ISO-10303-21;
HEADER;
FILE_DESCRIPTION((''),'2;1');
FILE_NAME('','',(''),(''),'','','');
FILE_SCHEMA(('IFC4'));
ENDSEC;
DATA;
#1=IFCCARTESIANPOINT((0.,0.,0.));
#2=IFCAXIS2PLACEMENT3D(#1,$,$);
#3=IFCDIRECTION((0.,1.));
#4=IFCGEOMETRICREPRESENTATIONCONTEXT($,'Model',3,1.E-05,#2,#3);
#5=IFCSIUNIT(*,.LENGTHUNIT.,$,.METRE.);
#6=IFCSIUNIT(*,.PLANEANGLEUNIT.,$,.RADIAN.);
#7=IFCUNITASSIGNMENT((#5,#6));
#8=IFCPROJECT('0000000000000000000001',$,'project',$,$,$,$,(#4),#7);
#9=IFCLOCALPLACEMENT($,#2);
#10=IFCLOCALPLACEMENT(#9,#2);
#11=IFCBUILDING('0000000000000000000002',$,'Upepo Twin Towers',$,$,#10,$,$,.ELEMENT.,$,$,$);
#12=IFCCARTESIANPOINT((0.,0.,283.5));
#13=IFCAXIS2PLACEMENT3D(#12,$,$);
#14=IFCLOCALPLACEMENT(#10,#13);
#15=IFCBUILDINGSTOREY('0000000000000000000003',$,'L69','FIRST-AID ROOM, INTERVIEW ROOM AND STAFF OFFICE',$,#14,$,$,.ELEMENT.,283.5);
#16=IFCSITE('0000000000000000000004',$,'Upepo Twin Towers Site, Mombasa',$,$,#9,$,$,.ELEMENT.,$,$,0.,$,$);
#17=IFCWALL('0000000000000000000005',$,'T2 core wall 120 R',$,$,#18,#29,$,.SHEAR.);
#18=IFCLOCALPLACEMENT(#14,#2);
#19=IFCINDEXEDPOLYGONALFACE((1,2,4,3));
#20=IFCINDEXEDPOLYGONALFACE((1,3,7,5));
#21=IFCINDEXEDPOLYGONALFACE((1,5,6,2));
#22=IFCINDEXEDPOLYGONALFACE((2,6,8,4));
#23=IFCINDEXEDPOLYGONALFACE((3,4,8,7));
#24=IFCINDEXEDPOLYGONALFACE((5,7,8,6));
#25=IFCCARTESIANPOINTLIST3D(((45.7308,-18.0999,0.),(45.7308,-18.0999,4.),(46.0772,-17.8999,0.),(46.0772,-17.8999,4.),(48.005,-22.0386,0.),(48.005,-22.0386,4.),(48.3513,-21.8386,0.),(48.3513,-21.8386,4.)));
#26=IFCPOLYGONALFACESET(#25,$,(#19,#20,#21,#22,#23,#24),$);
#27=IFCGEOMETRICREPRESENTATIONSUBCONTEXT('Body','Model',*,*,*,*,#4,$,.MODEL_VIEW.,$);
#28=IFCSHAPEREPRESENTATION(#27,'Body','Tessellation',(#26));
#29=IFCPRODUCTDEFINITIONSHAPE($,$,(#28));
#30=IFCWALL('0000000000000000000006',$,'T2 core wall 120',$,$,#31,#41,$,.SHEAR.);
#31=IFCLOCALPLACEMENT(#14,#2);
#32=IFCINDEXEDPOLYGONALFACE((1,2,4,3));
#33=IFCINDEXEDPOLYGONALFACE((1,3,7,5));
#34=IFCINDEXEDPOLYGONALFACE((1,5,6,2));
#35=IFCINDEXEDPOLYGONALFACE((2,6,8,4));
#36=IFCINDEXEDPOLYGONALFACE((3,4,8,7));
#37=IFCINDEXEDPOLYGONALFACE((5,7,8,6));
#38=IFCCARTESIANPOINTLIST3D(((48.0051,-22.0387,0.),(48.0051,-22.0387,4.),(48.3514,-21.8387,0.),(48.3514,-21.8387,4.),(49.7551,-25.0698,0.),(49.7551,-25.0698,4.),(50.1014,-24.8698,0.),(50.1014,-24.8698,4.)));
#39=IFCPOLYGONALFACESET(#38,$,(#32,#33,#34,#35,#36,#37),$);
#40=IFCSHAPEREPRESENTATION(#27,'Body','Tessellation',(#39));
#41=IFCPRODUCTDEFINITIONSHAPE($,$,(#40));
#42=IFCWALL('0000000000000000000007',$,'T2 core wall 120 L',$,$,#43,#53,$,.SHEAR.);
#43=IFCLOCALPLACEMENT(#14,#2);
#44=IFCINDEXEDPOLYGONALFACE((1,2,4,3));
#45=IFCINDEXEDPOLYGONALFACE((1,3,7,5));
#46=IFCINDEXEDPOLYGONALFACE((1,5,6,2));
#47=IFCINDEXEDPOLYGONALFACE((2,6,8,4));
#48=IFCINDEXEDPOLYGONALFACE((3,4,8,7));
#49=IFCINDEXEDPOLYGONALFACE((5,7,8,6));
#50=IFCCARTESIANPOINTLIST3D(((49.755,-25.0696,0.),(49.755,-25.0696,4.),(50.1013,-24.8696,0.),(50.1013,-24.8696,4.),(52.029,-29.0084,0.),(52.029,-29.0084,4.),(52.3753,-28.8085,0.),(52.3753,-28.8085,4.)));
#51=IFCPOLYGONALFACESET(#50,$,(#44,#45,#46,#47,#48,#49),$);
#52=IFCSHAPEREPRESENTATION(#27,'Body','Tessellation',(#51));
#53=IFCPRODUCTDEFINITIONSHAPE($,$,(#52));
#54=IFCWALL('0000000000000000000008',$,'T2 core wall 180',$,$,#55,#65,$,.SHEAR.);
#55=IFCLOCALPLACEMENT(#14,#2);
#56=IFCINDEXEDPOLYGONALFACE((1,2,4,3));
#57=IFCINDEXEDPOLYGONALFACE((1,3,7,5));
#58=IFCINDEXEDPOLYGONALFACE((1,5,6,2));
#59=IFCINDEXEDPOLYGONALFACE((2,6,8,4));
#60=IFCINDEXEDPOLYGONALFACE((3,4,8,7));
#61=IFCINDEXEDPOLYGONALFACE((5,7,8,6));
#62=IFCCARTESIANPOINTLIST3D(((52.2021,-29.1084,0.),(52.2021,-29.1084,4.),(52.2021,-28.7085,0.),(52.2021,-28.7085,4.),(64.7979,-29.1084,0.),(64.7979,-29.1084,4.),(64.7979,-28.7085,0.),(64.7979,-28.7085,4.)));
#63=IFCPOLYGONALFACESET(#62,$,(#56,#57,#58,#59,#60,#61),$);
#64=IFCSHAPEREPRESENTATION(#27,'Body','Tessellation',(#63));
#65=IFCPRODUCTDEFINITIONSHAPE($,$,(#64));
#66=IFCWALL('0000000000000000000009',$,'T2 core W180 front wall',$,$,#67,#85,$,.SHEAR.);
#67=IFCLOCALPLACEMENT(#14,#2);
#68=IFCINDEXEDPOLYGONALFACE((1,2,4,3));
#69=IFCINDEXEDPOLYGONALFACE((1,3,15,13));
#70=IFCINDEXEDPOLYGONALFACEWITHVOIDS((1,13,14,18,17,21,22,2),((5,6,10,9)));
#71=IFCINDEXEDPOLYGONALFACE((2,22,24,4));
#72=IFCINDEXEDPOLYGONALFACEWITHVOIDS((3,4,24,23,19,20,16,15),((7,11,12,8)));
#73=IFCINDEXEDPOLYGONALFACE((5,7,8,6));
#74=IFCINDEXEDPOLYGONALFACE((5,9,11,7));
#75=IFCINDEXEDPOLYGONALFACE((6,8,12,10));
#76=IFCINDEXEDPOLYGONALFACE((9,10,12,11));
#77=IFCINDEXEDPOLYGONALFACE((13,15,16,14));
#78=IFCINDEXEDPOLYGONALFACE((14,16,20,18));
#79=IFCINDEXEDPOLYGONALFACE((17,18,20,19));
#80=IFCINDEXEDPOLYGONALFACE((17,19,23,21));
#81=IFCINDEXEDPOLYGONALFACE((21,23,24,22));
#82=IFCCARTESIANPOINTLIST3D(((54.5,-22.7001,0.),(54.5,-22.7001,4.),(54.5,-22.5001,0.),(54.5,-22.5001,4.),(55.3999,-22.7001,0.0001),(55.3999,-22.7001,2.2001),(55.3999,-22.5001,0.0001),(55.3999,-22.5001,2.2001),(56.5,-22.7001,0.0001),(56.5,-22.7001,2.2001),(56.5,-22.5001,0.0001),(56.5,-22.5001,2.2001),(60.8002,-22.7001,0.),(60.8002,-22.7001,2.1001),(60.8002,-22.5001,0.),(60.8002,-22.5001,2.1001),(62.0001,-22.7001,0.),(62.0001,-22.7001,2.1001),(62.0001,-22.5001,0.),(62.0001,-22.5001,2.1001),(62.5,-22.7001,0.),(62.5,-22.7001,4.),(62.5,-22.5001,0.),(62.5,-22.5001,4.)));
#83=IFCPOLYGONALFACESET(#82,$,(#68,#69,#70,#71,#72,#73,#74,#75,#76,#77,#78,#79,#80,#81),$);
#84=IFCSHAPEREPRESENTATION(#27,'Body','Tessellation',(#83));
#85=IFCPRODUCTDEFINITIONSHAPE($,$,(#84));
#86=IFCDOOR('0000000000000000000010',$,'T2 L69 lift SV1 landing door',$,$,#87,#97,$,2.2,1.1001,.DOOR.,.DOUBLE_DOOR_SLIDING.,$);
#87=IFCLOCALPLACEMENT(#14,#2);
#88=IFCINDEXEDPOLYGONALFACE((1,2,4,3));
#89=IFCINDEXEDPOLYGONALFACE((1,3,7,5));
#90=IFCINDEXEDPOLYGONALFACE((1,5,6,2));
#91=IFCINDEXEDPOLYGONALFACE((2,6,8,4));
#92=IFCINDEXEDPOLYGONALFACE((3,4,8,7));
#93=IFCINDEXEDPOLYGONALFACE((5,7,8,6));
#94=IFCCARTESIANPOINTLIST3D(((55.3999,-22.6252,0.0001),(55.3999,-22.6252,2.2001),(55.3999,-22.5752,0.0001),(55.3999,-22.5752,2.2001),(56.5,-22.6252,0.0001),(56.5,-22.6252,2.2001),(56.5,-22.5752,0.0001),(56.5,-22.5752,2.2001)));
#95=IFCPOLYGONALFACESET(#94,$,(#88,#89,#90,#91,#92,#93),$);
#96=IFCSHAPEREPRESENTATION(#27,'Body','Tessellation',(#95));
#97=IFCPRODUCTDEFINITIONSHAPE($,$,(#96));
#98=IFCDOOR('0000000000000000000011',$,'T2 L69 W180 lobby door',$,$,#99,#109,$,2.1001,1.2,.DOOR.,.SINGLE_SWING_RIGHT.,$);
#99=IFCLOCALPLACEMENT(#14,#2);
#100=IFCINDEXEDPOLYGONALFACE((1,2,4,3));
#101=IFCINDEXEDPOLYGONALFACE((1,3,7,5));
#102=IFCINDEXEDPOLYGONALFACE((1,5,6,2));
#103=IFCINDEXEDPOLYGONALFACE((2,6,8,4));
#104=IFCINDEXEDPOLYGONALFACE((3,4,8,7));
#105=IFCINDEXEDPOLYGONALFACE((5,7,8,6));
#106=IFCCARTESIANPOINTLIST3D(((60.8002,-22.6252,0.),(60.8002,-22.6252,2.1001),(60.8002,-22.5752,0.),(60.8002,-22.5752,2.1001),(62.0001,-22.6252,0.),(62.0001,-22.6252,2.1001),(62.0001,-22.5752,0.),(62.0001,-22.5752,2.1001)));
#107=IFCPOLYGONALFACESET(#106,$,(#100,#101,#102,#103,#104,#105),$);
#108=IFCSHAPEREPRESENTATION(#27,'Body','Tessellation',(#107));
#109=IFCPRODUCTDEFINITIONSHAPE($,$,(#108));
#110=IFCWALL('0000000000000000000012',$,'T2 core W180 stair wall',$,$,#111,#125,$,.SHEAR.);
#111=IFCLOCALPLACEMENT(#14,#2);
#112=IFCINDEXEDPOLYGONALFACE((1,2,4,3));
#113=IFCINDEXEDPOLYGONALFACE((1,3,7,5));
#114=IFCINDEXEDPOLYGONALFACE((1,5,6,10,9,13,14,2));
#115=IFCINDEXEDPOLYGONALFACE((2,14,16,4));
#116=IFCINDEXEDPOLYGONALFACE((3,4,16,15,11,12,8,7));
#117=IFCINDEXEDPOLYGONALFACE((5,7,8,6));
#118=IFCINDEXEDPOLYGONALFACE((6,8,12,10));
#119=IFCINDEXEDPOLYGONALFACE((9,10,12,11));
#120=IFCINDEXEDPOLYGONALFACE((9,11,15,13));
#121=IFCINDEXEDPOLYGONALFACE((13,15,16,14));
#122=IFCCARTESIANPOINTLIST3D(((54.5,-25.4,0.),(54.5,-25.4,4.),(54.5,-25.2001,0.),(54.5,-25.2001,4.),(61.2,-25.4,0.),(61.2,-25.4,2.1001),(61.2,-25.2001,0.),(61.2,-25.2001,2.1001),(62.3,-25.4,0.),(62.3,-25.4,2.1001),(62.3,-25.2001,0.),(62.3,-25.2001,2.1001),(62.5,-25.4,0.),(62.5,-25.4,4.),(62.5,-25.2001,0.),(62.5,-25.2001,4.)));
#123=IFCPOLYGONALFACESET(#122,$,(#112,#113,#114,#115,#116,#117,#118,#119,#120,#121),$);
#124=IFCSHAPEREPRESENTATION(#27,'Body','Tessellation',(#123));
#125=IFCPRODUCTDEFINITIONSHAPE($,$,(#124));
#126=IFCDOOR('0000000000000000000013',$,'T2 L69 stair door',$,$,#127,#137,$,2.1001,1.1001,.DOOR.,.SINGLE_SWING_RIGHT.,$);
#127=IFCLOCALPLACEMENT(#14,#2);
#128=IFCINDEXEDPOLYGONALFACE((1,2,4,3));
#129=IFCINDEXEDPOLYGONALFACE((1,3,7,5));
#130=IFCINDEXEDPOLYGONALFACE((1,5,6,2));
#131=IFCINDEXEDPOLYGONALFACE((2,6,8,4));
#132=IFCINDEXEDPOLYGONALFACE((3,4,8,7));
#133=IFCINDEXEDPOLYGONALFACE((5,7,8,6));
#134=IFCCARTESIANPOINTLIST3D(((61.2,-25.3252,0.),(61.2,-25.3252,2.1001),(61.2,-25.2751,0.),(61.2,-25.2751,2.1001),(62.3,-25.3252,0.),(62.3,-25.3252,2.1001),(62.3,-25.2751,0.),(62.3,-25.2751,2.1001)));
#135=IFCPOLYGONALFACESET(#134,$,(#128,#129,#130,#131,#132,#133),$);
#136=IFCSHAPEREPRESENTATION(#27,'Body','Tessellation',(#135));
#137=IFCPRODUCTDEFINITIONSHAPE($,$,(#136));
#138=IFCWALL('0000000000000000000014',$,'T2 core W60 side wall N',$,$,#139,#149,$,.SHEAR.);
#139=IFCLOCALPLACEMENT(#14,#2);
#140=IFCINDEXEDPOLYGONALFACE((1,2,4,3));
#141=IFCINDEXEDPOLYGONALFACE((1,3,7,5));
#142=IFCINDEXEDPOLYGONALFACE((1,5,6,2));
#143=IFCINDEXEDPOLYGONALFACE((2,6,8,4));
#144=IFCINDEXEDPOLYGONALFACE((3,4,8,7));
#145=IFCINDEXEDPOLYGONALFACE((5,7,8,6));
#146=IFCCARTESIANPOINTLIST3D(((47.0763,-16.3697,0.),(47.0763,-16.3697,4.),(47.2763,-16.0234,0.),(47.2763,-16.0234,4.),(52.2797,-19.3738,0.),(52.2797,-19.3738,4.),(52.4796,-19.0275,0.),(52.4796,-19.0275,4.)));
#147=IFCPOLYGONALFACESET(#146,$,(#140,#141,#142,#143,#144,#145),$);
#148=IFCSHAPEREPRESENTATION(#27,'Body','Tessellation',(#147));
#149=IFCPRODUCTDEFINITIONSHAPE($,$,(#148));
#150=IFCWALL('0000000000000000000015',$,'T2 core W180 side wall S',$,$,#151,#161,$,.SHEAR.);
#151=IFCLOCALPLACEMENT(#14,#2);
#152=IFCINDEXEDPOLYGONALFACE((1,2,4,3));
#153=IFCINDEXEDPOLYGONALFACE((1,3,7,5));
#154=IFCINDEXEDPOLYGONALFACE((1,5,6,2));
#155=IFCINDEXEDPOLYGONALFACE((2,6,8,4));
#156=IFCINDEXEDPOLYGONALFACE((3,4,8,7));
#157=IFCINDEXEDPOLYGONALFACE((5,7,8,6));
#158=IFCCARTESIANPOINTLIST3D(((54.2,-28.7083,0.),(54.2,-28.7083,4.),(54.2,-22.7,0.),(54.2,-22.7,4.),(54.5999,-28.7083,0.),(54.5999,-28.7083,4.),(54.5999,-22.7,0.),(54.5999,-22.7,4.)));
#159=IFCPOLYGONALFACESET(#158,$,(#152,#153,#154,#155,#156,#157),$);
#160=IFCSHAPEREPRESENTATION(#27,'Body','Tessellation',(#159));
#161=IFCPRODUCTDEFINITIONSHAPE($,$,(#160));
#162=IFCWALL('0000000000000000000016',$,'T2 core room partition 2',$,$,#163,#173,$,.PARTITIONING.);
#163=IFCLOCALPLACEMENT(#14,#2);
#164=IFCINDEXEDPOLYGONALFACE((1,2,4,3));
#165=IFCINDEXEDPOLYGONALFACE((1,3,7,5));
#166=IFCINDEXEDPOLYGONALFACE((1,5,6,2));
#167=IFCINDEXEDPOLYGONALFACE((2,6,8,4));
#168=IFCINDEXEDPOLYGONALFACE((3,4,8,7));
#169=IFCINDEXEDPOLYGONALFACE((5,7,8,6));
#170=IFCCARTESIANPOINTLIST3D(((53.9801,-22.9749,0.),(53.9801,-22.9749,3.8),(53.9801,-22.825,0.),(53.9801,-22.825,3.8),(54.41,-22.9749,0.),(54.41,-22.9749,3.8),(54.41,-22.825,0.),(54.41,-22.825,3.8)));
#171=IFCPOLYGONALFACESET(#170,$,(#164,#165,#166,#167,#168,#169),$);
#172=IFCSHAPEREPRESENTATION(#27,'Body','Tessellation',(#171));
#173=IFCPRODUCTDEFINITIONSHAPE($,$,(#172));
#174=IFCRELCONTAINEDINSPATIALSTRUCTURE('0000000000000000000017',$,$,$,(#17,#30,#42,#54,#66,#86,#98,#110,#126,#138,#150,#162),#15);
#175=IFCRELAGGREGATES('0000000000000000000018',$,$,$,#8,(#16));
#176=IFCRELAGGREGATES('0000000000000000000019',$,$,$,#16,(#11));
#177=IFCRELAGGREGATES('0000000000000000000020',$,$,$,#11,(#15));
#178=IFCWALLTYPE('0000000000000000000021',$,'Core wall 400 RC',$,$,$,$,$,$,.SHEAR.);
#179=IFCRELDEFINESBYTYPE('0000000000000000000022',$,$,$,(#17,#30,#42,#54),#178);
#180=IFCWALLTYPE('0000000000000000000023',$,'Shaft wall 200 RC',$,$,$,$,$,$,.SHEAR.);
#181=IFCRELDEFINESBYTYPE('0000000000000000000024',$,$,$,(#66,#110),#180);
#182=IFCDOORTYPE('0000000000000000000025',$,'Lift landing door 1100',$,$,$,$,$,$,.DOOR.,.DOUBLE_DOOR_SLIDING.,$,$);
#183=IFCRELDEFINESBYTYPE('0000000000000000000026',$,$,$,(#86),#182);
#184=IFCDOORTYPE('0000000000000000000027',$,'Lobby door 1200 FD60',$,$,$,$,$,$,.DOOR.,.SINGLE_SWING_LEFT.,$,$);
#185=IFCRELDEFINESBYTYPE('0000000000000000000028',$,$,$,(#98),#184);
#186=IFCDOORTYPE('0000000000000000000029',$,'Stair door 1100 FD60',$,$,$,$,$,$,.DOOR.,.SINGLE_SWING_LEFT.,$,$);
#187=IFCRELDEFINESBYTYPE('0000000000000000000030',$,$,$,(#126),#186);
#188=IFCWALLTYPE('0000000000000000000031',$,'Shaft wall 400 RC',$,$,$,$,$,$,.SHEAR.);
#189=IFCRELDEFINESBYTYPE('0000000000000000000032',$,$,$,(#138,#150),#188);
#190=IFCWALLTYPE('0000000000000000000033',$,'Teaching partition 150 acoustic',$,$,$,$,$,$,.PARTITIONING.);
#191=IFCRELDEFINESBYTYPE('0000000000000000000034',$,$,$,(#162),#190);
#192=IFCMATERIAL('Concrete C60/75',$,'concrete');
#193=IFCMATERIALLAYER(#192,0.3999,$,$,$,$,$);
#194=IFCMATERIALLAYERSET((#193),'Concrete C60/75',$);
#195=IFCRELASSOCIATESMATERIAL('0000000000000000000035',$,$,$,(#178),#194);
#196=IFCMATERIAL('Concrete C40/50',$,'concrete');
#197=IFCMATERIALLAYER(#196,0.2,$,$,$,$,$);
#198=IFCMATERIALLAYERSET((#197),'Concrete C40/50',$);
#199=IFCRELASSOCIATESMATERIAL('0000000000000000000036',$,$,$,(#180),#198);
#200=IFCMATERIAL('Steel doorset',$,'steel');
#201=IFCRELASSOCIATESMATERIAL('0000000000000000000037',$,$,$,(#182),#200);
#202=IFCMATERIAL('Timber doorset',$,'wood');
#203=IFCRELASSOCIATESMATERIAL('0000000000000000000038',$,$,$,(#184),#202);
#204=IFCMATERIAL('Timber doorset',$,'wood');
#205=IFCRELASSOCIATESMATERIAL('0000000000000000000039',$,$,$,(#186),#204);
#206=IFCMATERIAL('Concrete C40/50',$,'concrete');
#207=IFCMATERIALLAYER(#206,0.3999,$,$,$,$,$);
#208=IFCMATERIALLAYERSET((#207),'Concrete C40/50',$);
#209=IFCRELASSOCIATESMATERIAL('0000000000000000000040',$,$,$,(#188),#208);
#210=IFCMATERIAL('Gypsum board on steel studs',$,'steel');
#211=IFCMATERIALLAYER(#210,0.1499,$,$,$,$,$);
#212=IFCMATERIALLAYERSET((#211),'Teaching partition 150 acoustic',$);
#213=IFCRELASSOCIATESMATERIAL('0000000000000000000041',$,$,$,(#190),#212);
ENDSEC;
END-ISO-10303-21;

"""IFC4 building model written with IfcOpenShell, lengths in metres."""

from ifc_helpers import new_model, si_unit, direction, frame, frame_2d, origin, place, context, subcontext, project, spatial, rectangle, extrude, material, layer, layer_set, type_object, element, fill, save


model = new_model("IFC4")

# Units and contexts
model_context = context("Model", 3, precision=1e-05, world=origin(), true_north=direction((0.0, 1.0)))
body_context = subcontext(model_context, "Body", "Model", "MODEL_VIEW")
ifc_project = project(units=[si_unit("LENGTHUNIT", "METRE"), si_unit("PLANEANGLEUNIT", "RADIAN")], contexts=[model_context])

# Site, building, storey
site_placement = place(None, origin())
site = spatial("IfcSite", under=ifc_project, at=site_placement, Name="Upepo Twin Towers Site, Mombasa", CompositionType="ELEMENT", RefElevation=0.0)
building_placement = place(site_placement, origin())
building = spatial("IfcBuilding", under=site, at=building_placement, Name="Upepo Twin Towers", CompositionType="ELEMENT")
storey_placement = place(building_placement, frame((0.0, 0.0, 283.5)))
storey = spatial("IfcBuildingStorey", under=building, at=storey_placement, Name="L69", Description="FIRST-AID ROOM, INTERVIEW ROOM AND STAFF OFFICE", CompositionType="ELEMENT", Elevation=283.5)

# Walls
ifc_material_1 = material(Name="Concrete C60/75", Category="concrete")
ifc_layer_1 = layer(ifc_material_1, 0.3999)
ifc_layer_set_1 = layer_set([ifc_layer_1], Name="Concrete C60/75")
wall_type_1 = type_object("IfcWallType", Name="Core wall 400 RC", PredefinedType="SHEAR", material=ifc_layer_set_1)
wall_1_placement = place(storey_placement, frame((45.9041, -18.0, 0.0), z_axis=(0.0, 0.0, 1.0), x_axis=(0.500024, -0.866011, 0.0)))
element("IfcWall", 1, at=wall_1_placement, inside=storey, type_object=wall_type_1, Name="T2 core wall 120 R", PredefinedType="SHEAR", context=body_context, shape_type="SweptSolid", body=[
    extrude(rectangle(XDim=4.5481, YDim=0.3999, at=frame_2d((2.2739, 0.0))), origin(), (0.0, 0.0, 1.0), 4.0),
])
wall_2_placement = place(storey_placement, frame((48.1782, -21.9387, 0.0), z_axis=(0.0, 0.0, 1.0), x_axis=(0.50001, -0.866019, 0.0)))
element("IfcWall", 2, at=wall_2_placement, inside=storey, type_object=wall_type_1, Name="T2 core wall 120", PredefinedType="SHEAR", context=body_context, shape_type="SweptSolid", body=[
    extrude(rectangle(XDim=3.5, YDim=0.3999, at=frame_2d((1.75, 0.0))), origin(), (0.0, 0.0, 1.0), 4.0),
])
wall_3_placement = place(storey_placement, frame((49.9282, -24.9697, 0.0), z_axis=(0.0, 0.0, 1.0), x_axis=(0.499984, -0.866035, 0.0)))
element("IfcWall", 3, at=wall_3_placement, inside=storey, type_object=wall_type_1, Name="T2 core wall 120 L", PredefinedType="SHEAR", context=body_context, shape_type="SweptSolid", body=[
    extrude(rectangle(XDim=4.5481, YDim=0.3999, at=frame_2d((2.2739, 0.0))), origin(), (0.0, 0.0, 1.0), 4.0),
])
wall_4_placement = place(storey_placement, frame((52.2021, -28.9084, 0.0), z_axis=(0.0, 0.0, 1.0), x_axis=(1.0, 0.0, 0.0)))
element("IfcWall", 4, at=wall_4_placement, inside=storey, type_object=wall_type_1, Name="T2 core wall 180", PredefinedType="SHEAR", context=body_context, shape_type="SweptSolid", body=[
    extrude(rectangle(XDim=12.5957, YDim=0.3999, at=frame_2d((6.2979, 0.0))), origin(), (0.0, 0.0, 1.0), 4.0),
])

# Wall, openings, doors
ifc_material_2 = material(Name="Concrete C40/50", Category="concrete")
ifc_layer_2 = layer(ifc_material_2, 0.2)
ifc_layer_set_2 = layer_set([ifc_layer_2], Name="Concrete C40/50")
wall_type_2 = type_object("IfcWallType", Name="Shaft wall 200 RC", PredefinedType="SHEAR", material=ifc_layer_set_2)
wall_5_placement = place(storey_placement, frame((54.5, -22.6001, 0.0), z_axis=(0.0, 0.0, 1.0), x_axis=(1.0, 0.0, 0.0)))
wall_5 = element("IfcWall", 5, at=wall_5_placement, inside=storey, type_object=wall_type_2, Name="T2 core W180 front wall", PredefinedType="SHEAR", context=body_context, shape_type="SweptSolid", body=[
    extrude(rectangle(XDim=8.0, YDim=0.2, at=frame_2d((4.0, 0.0))), origin(), (0.0, 0.0, 1.0), 4.0),
])
opening_1_placement = place(wall_5_placement, frame((6.3, 0.0, 0.0)))
opening_1 = element("IfcOpeningElement", 6, at=opening_1_placement, cuts=wall_5, PredefinedType="OPENING", context=body_context, shape_type="SweptSolid", body=[
    extrude(rectangle(XDim=1.2, YDim=2.1001, at=frame_2d((0.6001, 1.05))), frame((0.0, 0.1099, 0.0), z_axis=(0.0, -1.0, 0.0), x_axis=(1.0, 0.0, 0.0)), (0.0, 0.0, 1.0), 0.22),
])
opening_2_placement = place(wall_5_placement, frame((0.8999, 0.0, 0.0)))
opening_2 = element("IfcOpeningElement", 7, at=opening_2_placement, cuts=wall_5, PredefinedType="OPENING", context=body_context, shape_type="SweptSolid", body=[
    extrude(rectangle(XDim=1.1001, YDim=2.2, at=frame_2d((0.55, 1.1001))), frame((0.0, 0.1099, 0.0), z_axis=(0.0, -1.0, 0.0), x_axis=(1.0, 0.0, 0.0)), (0.0, 0.0, 1.0), 0.22),
])
ifc_material_3 = material(Name="Steel doorset", Category="steel")
door_type_1 = type_object("IfcDoorType", Name="Lift landing door 1100", OperationType="DOUBLE_DOOR_SLIDING", PredefinedType="DOOR", material=ifc_material_3)
door_1_placement = place(opening_2_placement, origin())
door_1 = element("IfcDoor", 8, at=door_1_placement, inside=storey, type_object=door_type_1, Name="T2 L69 lift SV1 landing door", OperationType="DOUBLE_DOOR_SLIDING", OverallHeight=2.2, OverallWidth=1.1001, PredefinedType="DOOR", context=body_context, shape_type="SweptSolid", body=[
    extrude(rectangle(XDim=1.1001, YDim=2.2, at=frame_2d((0.55, 1.1001))), frame((0.0, 0.0249, 0.0), z_axis=(0.0, -1.0, 0.0), x_axis=(1.0, 0.0, 0.0)), (0.0, 0.0, 1.0), 0.05),
])
fill(opening_2, door_1)
ifc_material_4 = material(Name="Timber doorset", Category="wood")
door_type_2 = type_object("IfcDoorType", Name="Lobby door 1200 FD60", OperationType="SINGLE_SWING_LEFT", PredefinedType="DOOR", material=ifc_material_4)
door_2_placement = place(opening_1_placement, origin())
door_2 = element("IfcDoor", 9, at=door_2_placement, inside=storey, type_object=door_type_2, Name="T2 L69 W180 lobby door", OperationType="SINGLE_SWING_RIGHT", OverallHeight=2.1001, OverallWidth=1.2, PredefinedType="DOOR", context=body_context, shape_type="SweptSolid", body=[
    extrude(rectangle(XDim=1.2, YDim=2.1001, at=frame_2d((0.6001, 1.05))), frame((0.0, 0.0249, 0.0), z_axis=(0.0, -1.0, 0.0), x_axis=(1.0, 0.0, 0.0)), (0.0, 0.0, 1.0), 0.05),
])
fill(opening_1, door_2)

# Wall, opening, door
wall_6_placement = place(storey_placement, frame((54.5, -25.3, 0.0), z_axis=(0.0, 0.0, 1.0), x_axis=(1.0, 0.0, 0.0)))
wall_6 = element("IfcWall", 10, at=wall_6_placement, inside=storey, type_object=wall_type_2, Name="T2 core W180 stair wall", PredefinedType="SHEAR", context=body_context, shape_type="SweptSolid", body=[
    extrude(rectangle(XDim=8.0, YDim=0.2, at=frame_2d((4.0, 0.0))), origin(), (0.0, 0.0, 1.0), 4.0),
])
opening_3_placement = place(wall_6_placement, frame((6.7, 0.0, 0.0)))
opening_3 = element("IfcOpeningElement", 11, at=opening_3_placement, cuts=wall_6, PredefinedType="OPENING", context=body_context, shape_type="SweptSolid", body=[
    extrude(rectangle(XDim=1.1001, YDim=2.1001, at=frame_2d((0.55, 1.05))), frame((0.0, 0.1099, 0.0), z_axis=(0.0, -1.0, 0.0), x_axis=(1.0, 0.0, 0.0)), (0.0, 0.0, 1.0), 0.22),
])
ifc_material_5 = material(Name="Timber doorset", Category="wood")
door_type_3 = type_object("IfcDoorType", Name="Stair door 1100 FD60", OperationType="SINGLE_SWING_LEFT", PredefinedType="DOOR", material=ifc_material_5)
door_3_placement = place(opening_3_placement, origin())
door_3 = element("IfcDoor", 12, at=door_3_placement, inside=storey, type_object=door_type_3, Name="T2 L69 stair door", OperationType="SINGLE_SWING_RIGHT", OverallHeight=2.1001, OverallWidth=1.1001, PredefinedType="DOOR", context=body_context, shape_type="SweptSolid", body=[
    extrude(rectangle(XDim=1.1001, YDim=2.1001, at=frame_2d((0.55, 1.05))), frame((0.0, 0.0249, 0.0), z_axis=(0.0, -1.0, 0.0), x_axis=(1.0, 0.0, 0.0)), (0.0, 0.0, 1.0), 0.05),
])
fill(opening_3, door_3)

# Walls
ifc_material_6 = material(Name="Concrete C40/50", Category="concrete")
ifc_layer_3 = layer(ifc_material_6, 0.3999)
ifc_layer_set_3 = layer_set([ifc_layer_3], Name="Concrete C40/50")
wall_type_3 = type_object("IfcWallType", Name="Shaft wall 400 RC", PredefinedType="SHEAR", material=ifc_layer_set_3)
for number, where, z_axis, x_axis, name in (
    (13, (52.3796, -19.2007, 0.0), (0.0, 0.0, 1.0), (-0.866027, 0.499998, 0.0), "T2 core W60 side wall N"),
    (14, (54.3999, -22.7, 0.0), (0.0, 0.0, 1.0), (0.0, -1.0, 0.0), "T2 core W180 side wall S"),
):
    element("IfcWall", number, at=place(storey_placement, frame(where, z_axis=z_axis, x_axis=x_axis)), inside=storey, type_object=wall_type_3, Name=name, PredefinedType="SHEAR", context=body_context, shape_type="SweptSolid", body=[
        extrude(rectangle(XDim=6.0083, YDim=0.3999, at=frame_2d((3.0042, 0.0))), origin(), (0.0, 0.0, 1.0), 4.0),
    ])
ifc_material_7 = material(Name="Gypsum board on steel studs", Category="steel")
ifc_layer_4 = layer(ifc_material_7, 0.1499)
ifc_layer_set_4 = layer_set([ifc_layer_4], Name="Teaching partition 150 acoustic")
wall_type_4 = type_object("IfcWallType", Name="Teaching partition 150 acoustic", PredefinedType="PARTITIONING", material=ifc_layer_set_4)
wall_7_placement = place(storey_placement, frame((54.4099, -22.8999, 0.0), z_axis=(0.0, 0.0, 1.0), x_axis=(-1.0, 0.0, 0.0)))
element("IfcWall", 15, at=wall_7_placement, inside=storey, type_object=wall_type_4, Name="T2 core room partition 2", PredefinedType="PARTITIONING", context=body_context, shape_type="SweptSolid", body=[
    extrude(rectangle(XDim=0.4299, YDim=0.1499, at=frame_2d((0.2148, 0.0))), origin(), (0.0, 0.0, 1.0), 3.8),
])

save(model, "model.ifc")
